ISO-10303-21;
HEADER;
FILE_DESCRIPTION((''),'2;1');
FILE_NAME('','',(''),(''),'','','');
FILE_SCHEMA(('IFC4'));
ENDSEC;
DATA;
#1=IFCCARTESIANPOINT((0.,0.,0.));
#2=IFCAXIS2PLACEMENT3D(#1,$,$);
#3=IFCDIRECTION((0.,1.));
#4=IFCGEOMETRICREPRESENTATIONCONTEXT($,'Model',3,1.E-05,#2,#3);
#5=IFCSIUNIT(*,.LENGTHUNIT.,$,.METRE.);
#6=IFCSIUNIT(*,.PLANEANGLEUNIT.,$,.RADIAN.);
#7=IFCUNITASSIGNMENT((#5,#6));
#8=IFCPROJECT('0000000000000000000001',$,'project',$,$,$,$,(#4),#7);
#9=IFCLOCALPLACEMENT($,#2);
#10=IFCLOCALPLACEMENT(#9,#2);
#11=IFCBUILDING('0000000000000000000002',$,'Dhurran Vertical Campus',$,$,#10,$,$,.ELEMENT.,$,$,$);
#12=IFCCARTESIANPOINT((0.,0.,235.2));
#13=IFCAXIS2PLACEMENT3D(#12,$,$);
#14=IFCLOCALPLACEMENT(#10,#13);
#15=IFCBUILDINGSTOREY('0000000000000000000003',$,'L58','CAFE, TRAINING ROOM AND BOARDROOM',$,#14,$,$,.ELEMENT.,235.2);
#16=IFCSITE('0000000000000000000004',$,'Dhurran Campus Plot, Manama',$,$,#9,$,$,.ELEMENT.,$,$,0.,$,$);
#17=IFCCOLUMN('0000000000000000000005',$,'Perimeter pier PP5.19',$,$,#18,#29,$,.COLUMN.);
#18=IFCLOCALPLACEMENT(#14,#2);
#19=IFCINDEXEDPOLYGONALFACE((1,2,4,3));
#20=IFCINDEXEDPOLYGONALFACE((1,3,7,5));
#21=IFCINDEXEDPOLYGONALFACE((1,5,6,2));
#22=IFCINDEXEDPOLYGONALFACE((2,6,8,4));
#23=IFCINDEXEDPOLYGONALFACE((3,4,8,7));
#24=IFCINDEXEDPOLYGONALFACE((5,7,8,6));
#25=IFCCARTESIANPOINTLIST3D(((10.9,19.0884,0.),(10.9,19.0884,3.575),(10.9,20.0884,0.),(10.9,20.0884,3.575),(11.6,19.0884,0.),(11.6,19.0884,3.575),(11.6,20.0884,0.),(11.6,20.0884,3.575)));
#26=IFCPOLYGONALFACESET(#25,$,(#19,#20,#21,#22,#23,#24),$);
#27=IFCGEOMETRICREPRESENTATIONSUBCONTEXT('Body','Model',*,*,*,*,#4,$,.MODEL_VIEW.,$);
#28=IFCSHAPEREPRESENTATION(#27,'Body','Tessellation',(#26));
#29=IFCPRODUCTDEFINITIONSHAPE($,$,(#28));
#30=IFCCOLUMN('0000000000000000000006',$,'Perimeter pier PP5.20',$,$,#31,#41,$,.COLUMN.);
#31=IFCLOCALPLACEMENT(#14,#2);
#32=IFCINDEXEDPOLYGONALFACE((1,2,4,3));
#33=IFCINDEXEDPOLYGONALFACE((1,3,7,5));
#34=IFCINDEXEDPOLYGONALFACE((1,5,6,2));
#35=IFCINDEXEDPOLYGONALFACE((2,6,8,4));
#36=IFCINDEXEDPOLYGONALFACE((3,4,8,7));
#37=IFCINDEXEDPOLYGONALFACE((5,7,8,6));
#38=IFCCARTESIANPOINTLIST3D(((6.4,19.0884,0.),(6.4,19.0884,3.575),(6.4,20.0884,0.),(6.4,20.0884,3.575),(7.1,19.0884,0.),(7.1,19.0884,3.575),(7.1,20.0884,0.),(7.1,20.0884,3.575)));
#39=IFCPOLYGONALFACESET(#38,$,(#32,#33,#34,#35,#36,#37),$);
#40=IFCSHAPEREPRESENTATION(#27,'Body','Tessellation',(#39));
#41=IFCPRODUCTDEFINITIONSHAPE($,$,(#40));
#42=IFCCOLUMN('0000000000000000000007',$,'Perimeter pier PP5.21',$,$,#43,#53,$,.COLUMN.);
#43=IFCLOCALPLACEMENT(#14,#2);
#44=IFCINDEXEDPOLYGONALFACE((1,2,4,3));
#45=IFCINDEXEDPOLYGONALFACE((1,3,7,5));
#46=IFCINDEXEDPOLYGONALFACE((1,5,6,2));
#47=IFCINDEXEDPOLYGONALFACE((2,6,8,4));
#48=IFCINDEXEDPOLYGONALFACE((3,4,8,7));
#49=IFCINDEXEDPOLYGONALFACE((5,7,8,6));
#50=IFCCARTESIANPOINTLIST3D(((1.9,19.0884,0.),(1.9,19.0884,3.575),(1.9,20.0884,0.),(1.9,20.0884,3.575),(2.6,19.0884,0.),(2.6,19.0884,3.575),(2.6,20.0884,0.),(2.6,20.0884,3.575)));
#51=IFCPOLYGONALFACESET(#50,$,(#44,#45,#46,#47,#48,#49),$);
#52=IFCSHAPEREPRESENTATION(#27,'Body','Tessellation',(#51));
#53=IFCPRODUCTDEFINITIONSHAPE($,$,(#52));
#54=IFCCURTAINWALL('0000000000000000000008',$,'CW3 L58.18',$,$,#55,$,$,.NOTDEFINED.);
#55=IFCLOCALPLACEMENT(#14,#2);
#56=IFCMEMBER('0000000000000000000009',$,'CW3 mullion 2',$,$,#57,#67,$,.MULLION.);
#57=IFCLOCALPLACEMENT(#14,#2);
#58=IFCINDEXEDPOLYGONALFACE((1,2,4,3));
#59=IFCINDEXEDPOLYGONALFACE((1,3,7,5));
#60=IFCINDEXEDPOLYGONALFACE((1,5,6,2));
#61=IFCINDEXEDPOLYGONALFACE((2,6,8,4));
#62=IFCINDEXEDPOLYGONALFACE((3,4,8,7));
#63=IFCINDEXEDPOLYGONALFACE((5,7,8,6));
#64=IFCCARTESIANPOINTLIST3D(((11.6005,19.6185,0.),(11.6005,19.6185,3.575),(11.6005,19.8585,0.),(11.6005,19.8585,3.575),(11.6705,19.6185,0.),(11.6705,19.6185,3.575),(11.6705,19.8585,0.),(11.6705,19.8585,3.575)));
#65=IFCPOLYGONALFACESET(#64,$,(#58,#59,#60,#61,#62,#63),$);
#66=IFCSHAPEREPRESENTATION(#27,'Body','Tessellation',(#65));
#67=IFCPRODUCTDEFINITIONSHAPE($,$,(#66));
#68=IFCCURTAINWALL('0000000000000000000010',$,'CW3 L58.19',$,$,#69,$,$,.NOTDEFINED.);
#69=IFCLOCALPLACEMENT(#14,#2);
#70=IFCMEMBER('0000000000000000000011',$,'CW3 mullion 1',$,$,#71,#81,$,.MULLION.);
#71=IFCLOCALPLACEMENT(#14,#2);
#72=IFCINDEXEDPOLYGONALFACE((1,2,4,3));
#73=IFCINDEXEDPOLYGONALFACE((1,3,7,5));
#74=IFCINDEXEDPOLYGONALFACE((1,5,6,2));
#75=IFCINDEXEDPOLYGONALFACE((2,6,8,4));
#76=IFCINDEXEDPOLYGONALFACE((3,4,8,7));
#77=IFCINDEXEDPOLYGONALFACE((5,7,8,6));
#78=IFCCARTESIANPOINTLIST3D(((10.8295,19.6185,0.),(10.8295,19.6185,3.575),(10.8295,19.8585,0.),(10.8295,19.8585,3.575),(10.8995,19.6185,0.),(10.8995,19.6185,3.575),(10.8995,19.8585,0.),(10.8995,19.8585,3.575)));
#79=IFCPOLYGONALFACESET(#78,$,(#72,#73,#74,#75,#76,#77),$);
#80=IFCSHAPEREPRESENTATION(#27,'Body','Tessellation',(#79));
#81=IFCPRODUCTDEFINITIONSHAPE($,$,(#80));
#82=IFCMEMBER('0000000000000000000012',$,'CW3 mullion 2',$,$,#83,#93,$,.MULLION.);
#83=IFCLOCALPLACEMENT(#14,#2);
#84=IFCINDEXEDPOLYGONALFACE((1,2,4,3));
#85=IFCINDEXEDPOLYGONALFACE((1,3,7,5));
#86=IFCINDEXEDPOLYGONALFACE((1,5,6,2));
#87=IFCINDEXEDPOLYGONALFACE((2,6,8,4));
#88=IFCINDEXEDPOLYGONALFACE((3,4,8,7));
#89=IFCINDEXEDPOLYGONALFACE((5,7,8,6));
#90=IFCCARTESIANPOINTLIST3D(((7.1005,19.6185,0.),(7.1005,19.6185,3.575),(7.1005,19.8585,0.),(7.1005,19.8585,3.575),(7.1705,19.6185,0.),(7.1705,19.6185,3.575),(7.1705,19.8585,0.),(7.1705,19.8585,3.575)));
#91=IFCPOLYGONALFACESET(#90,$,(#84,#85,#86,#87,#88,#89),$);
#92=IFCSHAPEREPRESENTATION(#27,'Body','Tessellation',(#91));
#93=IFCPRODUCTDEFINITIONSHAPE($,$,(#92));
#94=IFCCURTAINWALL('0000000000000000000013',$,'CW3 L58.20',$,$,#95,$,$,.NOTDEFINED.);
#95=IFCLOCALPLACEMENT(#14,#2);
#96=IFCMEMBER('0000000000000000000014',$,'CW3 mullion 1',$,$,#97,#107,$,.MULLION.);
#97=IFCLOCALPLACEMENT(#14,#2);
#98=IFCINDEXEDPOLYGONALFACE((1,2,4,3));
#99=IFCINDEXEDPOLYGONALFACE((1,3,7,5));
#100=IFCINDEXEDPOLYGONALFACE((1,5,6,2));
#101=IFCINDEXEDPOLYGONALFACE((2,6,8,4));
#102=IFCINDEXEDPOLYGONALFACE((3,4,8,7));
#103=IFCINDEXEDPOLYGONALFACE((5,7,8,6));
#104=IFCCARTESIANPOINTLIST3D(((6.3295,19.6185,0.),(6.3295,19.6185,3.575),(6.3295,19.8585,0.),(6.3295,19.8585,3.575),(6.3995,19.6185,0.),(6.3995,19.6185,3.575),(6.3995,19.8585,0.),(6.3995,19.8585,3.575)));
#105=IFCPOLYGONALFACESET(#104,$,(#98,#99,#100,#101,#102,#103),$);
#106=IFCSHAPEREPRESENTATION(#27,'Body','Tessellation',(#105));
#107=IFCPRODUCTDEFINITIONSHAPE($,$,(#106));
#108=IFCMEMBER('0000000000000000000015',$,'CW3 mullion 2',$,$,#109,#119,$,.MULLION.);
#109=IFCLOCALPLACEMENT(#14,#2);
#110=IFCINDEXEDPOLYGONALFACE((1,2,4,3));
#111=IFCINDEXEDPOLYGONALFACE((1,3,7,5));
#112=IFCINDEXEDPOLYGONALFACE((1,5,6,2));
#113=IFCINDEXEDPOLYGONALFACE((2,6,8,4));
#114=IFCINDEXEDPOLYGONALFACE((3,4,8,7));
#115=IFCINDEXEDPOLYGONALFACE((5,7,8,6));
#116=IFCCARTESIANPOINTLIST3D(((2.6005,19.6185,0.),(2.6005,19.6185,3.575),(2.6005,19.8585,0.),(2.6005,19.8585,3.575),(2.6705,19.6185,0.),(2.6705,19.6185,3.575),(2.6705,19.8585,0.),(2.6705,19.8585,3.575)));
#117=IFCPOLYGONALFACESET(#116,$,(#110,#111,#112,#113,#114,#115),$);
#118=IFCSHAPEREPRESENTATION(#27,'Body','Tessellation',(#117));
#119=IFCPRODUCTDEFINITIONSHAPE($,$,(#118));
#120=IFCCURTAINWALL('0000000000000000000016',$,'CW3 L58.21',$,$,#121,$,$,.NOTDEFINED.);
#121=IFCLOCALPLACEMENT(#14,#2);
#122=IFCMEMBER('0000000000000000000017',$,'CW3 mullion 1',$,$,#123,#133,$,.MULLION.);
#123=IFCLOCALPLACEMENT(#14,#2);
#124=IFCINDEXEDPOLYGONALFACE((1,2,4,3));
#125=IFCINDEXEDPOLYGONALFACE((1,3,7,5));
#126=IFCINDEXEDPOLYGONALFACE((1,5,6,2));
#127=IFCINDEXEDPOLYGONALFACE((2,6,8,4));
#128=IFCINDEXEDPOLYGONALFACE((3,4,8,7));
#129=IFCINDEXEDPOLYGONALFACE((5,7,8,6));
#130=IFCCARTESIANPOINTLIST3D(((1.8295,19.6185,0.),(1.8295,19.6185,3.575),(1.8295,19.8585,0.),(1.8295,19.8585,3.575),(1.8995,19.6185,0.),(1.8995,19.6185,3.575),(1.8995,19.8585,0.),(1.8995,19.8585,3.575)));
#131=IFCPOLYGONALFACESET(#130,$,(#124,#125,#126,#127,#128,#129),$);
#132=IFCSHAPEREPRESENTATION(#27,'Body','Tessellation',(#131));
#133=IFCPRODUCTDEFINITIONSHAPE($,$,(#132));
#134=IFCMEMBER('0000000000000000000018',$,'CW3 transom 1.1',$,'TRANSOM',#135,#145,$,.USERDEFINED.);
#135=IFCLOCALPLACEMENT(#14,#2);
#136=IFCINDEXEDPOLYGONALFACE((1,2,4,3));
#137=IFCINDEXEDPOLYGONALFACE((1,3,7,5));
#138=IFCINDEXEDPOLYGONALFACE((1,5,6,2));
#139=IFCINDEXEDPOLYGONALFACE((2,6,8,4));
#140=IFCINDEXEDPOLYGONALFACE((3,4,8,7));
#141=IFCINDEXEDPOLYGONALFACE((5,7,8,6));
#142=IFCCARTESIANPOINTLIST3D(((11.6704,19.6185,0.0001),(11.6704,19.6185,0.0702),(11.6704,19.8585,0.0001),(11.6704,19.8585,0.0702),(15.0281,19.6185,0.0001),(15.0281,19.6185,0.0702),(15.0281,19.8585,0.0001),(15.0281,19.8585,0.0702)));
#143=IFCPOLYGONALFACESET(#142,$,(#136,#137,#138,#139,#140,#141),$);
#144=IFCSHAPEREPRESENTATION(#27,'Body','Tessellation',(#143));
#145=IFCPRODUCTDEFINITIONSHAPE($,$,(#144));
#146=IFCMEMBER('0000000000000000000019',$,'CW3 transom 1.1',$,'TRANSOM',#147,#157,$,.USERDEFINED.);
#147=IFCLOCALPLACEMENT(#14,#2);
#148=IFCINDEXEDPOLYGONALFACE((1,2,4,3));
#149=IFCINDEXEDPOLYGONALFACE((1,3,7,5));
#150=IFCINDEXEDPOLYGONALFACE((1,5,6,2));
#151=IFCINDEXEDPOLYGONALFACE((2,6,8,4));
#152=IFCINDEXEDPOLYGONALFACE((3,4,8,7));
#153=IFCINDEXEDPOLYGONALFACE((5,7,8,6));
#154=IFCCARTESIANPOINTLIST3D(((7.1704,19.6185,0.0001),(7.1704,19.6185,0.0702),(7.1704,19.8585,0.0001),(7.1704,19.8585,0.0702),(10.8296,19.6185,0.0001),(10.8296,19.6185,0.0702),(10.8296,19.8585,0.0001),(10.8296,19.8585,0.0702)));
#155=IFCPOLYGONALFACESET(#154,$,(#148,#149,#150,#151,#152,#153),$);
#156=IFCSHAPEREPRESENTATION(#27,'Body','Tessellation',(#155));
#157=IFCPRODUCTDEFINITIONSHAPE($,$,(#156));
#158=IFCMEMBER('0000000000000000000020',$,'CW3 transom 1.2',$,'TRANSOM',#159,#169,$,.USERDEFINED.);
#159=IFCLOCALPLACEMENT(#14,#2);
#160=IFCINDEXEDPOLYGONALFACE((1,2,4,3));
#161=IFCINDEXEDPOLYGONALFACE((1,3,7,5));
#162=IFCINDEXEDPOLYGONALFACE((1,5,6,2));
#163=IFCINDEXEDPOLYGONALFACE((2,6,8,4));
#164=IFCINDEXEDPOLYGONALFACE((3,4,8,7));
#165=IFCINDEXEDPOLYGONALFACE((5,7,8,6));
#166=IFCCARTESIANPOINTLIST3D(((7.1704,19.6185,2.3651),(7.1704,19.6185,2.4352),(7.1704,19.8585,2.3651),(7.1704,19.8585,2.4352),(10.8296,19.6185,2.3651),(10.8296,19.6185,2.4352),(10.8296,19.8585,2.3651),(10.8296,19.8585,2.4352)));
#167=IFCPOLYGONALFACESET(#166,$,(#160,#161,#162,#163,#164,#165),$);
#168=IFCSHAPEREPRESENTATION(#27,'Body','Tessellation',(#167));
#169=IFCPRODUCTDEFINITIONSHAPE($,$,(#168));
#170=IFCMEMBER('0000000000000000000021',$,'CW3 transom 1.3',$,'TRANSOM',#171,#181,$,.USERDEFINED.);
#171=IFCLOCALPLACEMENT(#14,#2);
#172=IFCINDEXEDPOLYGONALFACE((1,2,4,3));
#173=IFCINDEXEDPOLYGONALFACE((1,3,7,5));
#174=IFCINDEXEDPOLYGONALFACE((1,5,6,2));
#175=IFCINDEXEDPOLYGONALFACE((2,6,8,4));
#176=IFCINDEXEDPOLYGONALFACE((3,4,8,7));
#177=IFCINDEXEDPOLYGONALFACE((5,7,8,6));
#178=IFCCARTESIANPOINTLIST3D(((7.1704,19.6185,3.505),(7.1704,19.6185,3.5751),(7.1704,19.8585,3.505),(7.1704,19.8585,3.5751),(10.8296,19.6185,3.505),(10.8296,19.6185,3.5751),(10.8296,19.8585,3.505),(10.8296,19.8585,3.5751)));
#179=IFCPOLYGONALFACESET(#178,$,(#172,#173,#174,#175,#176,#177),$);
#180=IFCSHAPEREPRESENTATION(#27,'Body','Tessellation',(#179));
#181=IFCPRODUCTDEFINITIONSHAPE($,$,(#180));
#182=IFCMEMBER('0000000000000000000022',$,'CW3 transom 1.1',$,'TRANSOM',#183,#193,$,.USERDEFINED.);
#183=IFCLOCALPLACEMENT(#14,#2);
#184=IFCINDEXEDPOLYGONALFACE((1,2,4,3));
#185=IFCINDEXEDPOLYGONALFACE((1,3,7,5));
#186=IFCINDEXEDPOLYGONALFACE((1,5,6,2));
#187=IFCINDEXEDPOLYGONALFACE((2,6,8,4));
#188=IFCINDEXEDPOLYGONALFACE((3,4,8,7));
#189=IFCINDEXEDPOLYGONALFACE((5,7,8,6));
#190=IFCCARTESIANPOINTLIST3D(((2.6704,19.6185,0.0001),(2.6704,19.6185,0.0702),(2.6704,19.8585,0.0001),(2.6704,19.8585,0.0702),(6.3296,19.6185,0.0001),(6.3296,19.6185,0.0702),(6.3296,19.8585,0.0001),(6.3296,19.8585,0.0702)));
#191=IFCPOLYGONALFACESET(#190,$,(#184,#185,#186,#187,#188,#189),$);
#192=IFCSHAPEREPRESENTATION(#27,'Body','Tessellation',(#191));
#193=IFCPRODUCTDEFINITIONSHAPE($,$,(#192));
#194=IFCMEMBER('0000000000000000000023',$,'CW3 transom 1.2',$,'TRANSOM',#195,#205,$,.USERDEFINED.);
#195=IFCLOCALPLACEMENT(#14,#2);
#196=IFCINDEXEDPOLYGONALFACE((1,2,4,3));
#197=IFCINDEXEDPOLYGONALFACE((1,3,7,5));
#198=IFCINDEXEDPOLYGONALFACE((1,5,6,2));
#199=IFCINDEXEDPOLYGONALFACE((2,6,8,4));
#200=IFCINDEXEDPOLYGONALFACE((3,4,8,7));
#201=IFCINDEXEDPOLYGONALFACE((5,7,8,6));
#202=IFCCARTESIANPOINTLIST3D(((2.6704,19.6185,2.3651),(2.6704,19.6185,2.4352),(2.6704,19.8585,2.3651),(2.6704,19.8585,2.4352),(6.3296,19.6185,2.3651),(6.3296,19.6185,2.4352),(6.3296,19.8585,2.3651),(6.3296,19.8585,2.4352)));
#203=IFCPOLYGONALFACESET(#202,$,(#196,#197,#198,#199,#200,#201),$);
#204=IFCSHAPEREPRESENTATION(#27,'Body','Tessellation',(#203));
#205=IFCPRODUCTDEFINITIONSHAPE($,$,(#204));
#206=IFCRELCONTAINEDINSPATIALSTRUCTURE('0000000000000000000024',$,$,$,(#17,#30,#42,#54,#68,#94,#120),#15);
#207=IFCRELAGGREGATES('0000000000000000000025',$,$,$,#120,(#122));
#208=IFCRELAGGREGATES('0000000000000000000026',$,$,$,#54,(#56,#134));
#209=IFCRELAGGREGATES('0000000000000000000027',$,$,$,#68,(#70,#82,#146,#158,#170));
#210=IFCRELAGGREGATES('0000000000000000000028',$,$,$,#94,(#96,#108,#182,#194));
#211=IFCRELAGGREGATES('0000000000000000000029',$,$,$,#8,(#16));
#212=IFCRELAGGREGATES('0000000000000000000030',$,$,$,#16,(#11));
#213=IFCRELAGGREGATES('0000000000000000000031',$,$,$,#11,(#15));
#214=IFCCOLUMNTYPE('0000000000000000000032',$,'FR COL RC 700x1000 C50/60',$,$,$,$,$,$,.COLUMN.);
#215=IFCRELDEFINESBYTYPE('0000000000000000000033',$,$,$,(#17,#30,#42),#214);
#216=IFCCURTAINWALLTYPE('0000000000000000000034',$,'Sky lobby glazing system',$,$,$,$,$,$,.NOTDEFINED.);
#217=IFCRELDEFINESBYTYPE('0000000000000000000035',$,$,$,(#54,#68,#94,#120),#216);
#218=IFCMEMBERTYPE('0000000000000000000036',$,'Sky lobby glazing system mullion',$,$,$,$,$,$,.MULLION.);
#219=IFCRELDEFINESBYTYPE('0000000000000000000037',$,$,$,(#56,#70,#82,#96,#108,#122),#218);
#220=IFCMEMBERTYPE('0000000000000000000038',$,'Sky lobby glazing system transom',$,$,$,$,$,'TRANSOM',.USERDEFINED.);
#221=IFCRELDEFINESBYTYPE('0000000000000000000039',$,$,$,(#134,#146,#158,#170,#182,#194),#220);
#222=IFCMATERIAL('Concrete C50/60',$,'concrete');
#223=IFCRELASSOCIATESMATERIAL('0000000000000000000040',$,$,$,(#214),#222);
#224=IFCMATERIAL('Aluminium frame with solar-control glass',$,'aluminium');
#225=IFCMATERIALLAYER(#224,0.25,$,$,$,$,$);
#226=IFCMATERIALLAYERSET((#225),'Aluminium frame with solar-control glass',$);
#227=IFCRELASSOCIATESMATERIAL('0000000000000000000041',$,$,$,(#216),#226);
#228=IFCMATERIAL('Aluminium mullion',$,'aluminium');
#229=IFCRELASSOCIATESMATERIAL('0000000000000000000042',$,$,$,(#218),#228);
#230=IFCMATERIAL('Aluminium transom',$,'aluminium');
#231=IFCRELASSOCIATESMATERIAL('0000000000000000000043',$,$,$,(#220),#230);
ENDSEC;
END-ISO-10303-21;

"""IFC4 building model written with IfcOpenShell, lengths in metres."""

from ifc_helpers import new_model, si_unit, direction, frame, origin, origin_2d, place, context, subcontext, project, spatial, rectangle, extrude, material, layer, layer_set, material_profile, profile_set, type_object, element, aggregate, save


model = new_model("IFC4")

# Units and contexts
model_context = context("Model", 3, precision=1e-05, world=origin(), true_north=direction((0.0, 1.0)))
body_context = subcontext(model_context, "Body", "Model", "MODEL_VIEW")
ifc_project = project(units=[si_unit("LENGTHUNIT", "METRE"), si_unit("PLANEANGLEUNIT", "RADIAN")], contexts=[model_context])

# Site, building, storey
site_placement = place(None, origin())
site = spatial("IfcSite", under=ifc_project, at=site_placement, Name="Dhurran Campus Plot, Manama", CompositionType="ELEMENT", RefElevation=0.0)
building_placement = place(site_placement, origin())
building = spatial("IfcBuilding", under=site, at=building_placement, Name="Dhurran Vertical Campus", CompositionType="ELEMENT")
storey_placement = place(building_placement, frame((0.0, 0.0, 235.2)))
storey = spatial("IfcBuildingStorey", under=building, at=storey_placement, Name="L58", Description="CAFE, TRAINING ROOM AND BOARDROOM", CompositionType="ELEMENT", Elevation=235.2)

# Columns
ifc_material_1 = material(Name="Concrete C50/60", Category="concrete")
ifc_material_profile_1 = material_profile(ifc_material_1, rectangle(XDim=0.7, YDim=1.0, at=origin_2d()), Name="RC 700x1000")
ifc_profile_set_1 = profile_set([ifc_material_profile_1], Name="Concrete C50/60")
column_type = type_object("IfcColumnType", Name="FR COL RC 700x1000 C50/60", PredefinedType="COLUMN", material=ifc_profile_set_1)
for number, where, z_axis, x_axis, name in (
    (1, (11.25, 19.5884, 0.0), (0.0, 0.0, 1.0), (-1.0, 0.0, 0.0), "Perimeter pier PP5.19"),
    (2, (6.75, 19.5884, 0.0), (0.0, 0.0, 1.0), (-1.0, 0.0, 0.0), "Perimeter pier PP5.20"),
    (3, (2.25, 19.5884, 0.0), (0.0, 0.0, 1.0), (-1.0, 0.0, 0.0), "Perimeter pier PP5.21"),
):
    element("IfcColumn", number, at=place(storey_placement, frame(where, z_axis=z_axis, x_axis=x_axis)), inside=storey, type_object=column_type, Name=name, PredefinedType="COLUMN", context=body_context, shape_type="SweptSolid", body=[
        extrude(rectangle(XDim=0.7, YDim=1.0, at=origin_2d()), origin(), (0.0, 0.0, 1.0), 3.575),
    ])

# Curtain wall, member
ifc_material_2 = material(Name="Aluminium frame with solar-control glass", Category="aluminium")
ifc_layer_1 = layer(ifc_material_2, 0.25)
ifc_layer_set_1 = layer_set([ifc_layer_1], Name="Aluminium frame with solar-control glass")
curtain_wall_type = type_object("IfcCurtainWallType", Name="Sky lobby glazing system", PredefinedType="NOTDEFINED", material=ifc_layer_set_1)
curtain_wall_1_placement = place(storey_placement, origin())
curtain_wall_1 = element("IfcCurtainWall", 4, at=curtain_wall_1_placement, inside=storey, type_object=curtain_wall_type, Name="CW3 L58.18", PredefinedType="NOTDEFINED")
ifc_material_3 = material(Name="Aluminium mullion", Category="aluminium")
ifc_material_profile_2 = material_profile(ifc_material_3, rectangle(XDim=0.24, YDim=0.0701, at=origin_2d()), Name="Sky lobby glazing system mullion")
ifc_profile_set_2 = profile_set([ifc_material_profile_2], Name="Aluminium mullion")
member_type_1 = type_object("IfcMemberType", Name="Sky lobby glazing system mullion", PredefinedType="MULLION", material=ifc_profile_set_2)
member_1_placement = place(storey_placement, frame((11.6355, 19.7385, 0.0), z_axis=(0.0, 0.0, 1.0), x_axis=(0.0, -1.0, 0.0)))
member_1 = element("IfcMember", 5, at=member_1_placement, type_object=member_type_1, Name="CW3 mullion 2", PredefinedType="MULLION", context=body_context, shape_type="SweptSolid", body=[
    extrude(rectangle(XDim=0.24, YDim=0.0701, at=origin_2d()), origin(), (0.0, 0.0, 1.0), 3.575),
])

# Curtain walls, members
curtain_wall_2_placement = place(storey_placement, origin())
curtain_wall_2 = element("IfcCurtainWall", 6, at=curtain_wall_2_placement, inside=storey, type_object=curtain_wall_type, Name="CW3 L58.19", PredefinedType="NOTDEFINED")
member_2_placement = place(storey_placement, frame((10.8645, 19.7385, 0.0), z_axis=(0.0, 0.0, 1.0), x_axis=(0.0, -1.0, 0.0)))
member_2 = element("IfcMember", 7, at=member_2_placement, type_object=member_type_1, Name="CW3 mullion 1", PredefinedType="MULLION", context=body_context, shape_type="SweptSolid", body=[
    extrude(rectangle(XDim=0.24, YDim=0.0701, at=origin_2d()), origin(), (0.0, 0.0, 1.0), 3.575),
])
member_3_placement = place(storey_placement, frame((7.1355, 19.7385, 0.0), z_axis=(0.0, 0.0, 1.0), x_axis=(0.0, -1.0, 0.0)))
member_3 = element("IfcMember", 8, at=member_3_placement, type_object=member_type_1, Name="CW3 mullion 2", PredefinedType="MULLION", context=body_context, shape_type="SweptSolid", body=[
    extrude(rectangle(XDim=0.24, YDim=0.0701, at=origin_2d()), origin(), (0.0, 0.0, 1.0), 3.575),
])
curtain_wall_3_placement = place(storey_placement, origin())
curtain_wall_3 = element("IfcCurtainWall", 9, at=curtain_wall_3_placement, inside=storey, type_object=curtain_wall_type, Name="CW3 L58.20", PredefinedType="NOTDEFINED")
member_4_placement = place(storey_placement, frame((6.3645, 19.7385, 0.0), z_axis=(0.0, 0.0, 1.0), x_axis=(0.0, -1.0, 0.0)))
member_4 = element("IfcMember", 10, at=member_4_placement, type_object=member_type_1, Name="CW3 mullion 1", PredefinedType="MULLION", context=body_context, shape_type="SweptSolid", body=[
    extrude(rectangle(XDim=0.24, YDim=0.0701, at=origin_2d()), origin(), (0.0, 0.0, 1.0), 3.575),
])
member_5_placement = place(storey_placement, frame((2.6355, 19.7385, 0.0), z_axis=(0.0, 0.0, 1.0), x_axis=(0.0, -1.0, 0.0)))
member_5 = element("IfcMember", 11, at=member_5_placement, type_object=member_type_1, Name="CW3 mullion 2", PredefinedType="MULLION", context=body_context, shape_type="SweptSolid", body=[
    extrude(rectangle(XDim=0.24, YDim=0.0701, at=origin_2d()), origin(), (0.0, 0.0, 1.0), 3.575),
])

# Curtain wall, member
curtain_wall_4_placement = place(storey_placement, origin())
curtain_wall_4 = element("IfcCurtainWall", 12, at=curtain_wall_4_placement, inside=storey, type_object=curtain_wall_type, Name="CW3 L58.21", PredefinedType="NOTDEFINED")
member_6_placement = place(storey_placement, frame((1.8645, 19.7385, 0.0), z_axis=(0.0, 0.0, 1.0), x_axis=(0.0, -1.0, 0.0)))
member_6 = element("IfcMember", 13, at=member_6_placement, type_object=member_type_1, Name="CW3 mullion 1", PredefinedType="MULLION", context=body_context, shape_type="SweptSolid", body=[
    extrude(rectangle(XDim=0.24, YDim=0.0701, at=origin_2d()), origin(), (0.0, 0.0, 1.0), 3.575),
])

# Members
ifc_material_4 = material(Name="Aluminium transom", Category="aluminium")
ifc_material_profile_3 = material_profile(ifc_material_4, rectangle(XDim=0.24, YDim=0.0701, at=origin_2d()), Name="Sky lobby glazing system transom")
ifc_profile_set_3 = profile_set([ifc_material_profile_3], Name="Aluminium transom")
member_type_2 = type_object("IfcMemberType", Name="Sky lobby glazing system transom", ElementType="TRANSOM", PredefinedType="USERDEFINED", material=ifc_profile_set_3)
member_7_placement = place(storey_placement, frame((15.0281, 19.7385, 0.0352), z_axis=(-1.0, 0.0, 0.0), x_axis=(0.0, -1.0, 0.0)))
member_7 = element("IfcMember", 14, at=member_7_placement, type_object=member_type_2, Name="CW3 transom 1.1", ObjectType="TRANSOM", PredefinedType="USERDEFINED", context=body_context, shape_type="SweptSolid", body=[
    extrude(rectangle(XDim=0.24, YDim=0.0701, at=origin_2d()), origin(), (0.0, 0.0, 1.0), 3.3577),
])
member_8_placement = place(storey_placement, frame((10.8296, 19.7385, 0.0352), z_axis=(-1.0, 0.0, 0.0), x_axis=(0.0, -1.0, 0.0)))
member_8 = element("IfcMember", 15, at=member_8_placement, type_object=member_type_2, Name="CW3 transom 1.1", ObjectType="TRANSOM", PredefinedType="USERDEFINED", context=body_context, shape_type="SweptSolid", body=[
    extrude(rectangle(XDim=0.24, YDim=0.0701, at=origin_2d()), origin(), (0.0, 0.0, 1.0), 3.6592),
])
member_9_placement = place(storey_placement, frame((10.8296, 19.7385, 2.4001), z_axis=(-1.0, 0.0, 0.0), x_axis=(0.0, -1.0, 0.0)))
member_9 = element("IfcMember", 16, at=member_9_placement, type_object=member_type_2, Name="CW3 transom 1.2", ObjectType="TRANSOM", PredefinedType="USERDEFINED", context=body_context, shape_type="SweptSolid", body=[
    extrude(rectangle(XDim=0.24, YDim=0.0701, at=origin_2d()), origin(), (0.0, 0.0, 1.0), 3.6592),
])
member_10_placement = place(storey_placement, frame((10.8296, 19.7385, 3.54), z_axis=(-1.0, 0.0, 0.0), x_axis=(0.0, -1.0, 0.0)))
member_10 = element("IfcMember", 17, at=member_10_placement, type_object=member_type_2, Name="CW3 transom 1.3", ObjectType="TRANSOM", PredefinedType="USERDEFINED", context=body_context, shape_type="SweptSolid", body=[
    extrude(rectangle(XDim=0.24, YDim=0.0701, at=origin_2d()), origin(), (0.0, 0.0, 1.0), 3.6592),
])
member_11_placement = place(storey_placement, frame((6.3296, 19.7385, 0.0352), z_axis=(-1.0, 0.0, 0.0), x_axis=(0.0, -1.0, 0.0)))
member_11 = element("IfcMember", 18, at=member_11_placement, type_object=member_type_2, Name="CW3 transom 1.1", ObjectType="TRANSOM", PredefinedType="USERDEFINED", context=body_context, shape_type="SweptSolid", body=[
    extrude(rectangle(XDim=0.24, YDim=0.0701, at=origin_2d()), origin(), (0.0, 0.0, 1.0), 3.6592),
])
member_12_placement = place(storey_placement, frame((6.3296, 19.7385, 2.4001), z_axis=(-1.0, 0.0, 0.0), x_axis=(0.0, -1.0, 0.0)))
member_12 = element("IfcMember", 19, at=member_12_placement, type_object=member_type_2, Name="CW3 transom 1.2", ObjectType="TRANSOM", PredefinedType="USERDEFINED", context=body_context, shape_type="SweptSolid", body=[
    extrude(rectangle(XDim=0.24, YDim=0.0701, at=origin_2d()), origin(), (0.0, 0.0, 1.0), 3.6592),
])
aggregate(curtain_wall_4, [member_6])

aggregate(curtain_wall_1, [member_1, member_7])
aggregate(curtain_wall_2, [member_2, member_3, member_8, member_9, member_10])
aggregate(curtain_wall_3, [member_4, member_5, member_11, member_12])

save(model, "model.ifc")
